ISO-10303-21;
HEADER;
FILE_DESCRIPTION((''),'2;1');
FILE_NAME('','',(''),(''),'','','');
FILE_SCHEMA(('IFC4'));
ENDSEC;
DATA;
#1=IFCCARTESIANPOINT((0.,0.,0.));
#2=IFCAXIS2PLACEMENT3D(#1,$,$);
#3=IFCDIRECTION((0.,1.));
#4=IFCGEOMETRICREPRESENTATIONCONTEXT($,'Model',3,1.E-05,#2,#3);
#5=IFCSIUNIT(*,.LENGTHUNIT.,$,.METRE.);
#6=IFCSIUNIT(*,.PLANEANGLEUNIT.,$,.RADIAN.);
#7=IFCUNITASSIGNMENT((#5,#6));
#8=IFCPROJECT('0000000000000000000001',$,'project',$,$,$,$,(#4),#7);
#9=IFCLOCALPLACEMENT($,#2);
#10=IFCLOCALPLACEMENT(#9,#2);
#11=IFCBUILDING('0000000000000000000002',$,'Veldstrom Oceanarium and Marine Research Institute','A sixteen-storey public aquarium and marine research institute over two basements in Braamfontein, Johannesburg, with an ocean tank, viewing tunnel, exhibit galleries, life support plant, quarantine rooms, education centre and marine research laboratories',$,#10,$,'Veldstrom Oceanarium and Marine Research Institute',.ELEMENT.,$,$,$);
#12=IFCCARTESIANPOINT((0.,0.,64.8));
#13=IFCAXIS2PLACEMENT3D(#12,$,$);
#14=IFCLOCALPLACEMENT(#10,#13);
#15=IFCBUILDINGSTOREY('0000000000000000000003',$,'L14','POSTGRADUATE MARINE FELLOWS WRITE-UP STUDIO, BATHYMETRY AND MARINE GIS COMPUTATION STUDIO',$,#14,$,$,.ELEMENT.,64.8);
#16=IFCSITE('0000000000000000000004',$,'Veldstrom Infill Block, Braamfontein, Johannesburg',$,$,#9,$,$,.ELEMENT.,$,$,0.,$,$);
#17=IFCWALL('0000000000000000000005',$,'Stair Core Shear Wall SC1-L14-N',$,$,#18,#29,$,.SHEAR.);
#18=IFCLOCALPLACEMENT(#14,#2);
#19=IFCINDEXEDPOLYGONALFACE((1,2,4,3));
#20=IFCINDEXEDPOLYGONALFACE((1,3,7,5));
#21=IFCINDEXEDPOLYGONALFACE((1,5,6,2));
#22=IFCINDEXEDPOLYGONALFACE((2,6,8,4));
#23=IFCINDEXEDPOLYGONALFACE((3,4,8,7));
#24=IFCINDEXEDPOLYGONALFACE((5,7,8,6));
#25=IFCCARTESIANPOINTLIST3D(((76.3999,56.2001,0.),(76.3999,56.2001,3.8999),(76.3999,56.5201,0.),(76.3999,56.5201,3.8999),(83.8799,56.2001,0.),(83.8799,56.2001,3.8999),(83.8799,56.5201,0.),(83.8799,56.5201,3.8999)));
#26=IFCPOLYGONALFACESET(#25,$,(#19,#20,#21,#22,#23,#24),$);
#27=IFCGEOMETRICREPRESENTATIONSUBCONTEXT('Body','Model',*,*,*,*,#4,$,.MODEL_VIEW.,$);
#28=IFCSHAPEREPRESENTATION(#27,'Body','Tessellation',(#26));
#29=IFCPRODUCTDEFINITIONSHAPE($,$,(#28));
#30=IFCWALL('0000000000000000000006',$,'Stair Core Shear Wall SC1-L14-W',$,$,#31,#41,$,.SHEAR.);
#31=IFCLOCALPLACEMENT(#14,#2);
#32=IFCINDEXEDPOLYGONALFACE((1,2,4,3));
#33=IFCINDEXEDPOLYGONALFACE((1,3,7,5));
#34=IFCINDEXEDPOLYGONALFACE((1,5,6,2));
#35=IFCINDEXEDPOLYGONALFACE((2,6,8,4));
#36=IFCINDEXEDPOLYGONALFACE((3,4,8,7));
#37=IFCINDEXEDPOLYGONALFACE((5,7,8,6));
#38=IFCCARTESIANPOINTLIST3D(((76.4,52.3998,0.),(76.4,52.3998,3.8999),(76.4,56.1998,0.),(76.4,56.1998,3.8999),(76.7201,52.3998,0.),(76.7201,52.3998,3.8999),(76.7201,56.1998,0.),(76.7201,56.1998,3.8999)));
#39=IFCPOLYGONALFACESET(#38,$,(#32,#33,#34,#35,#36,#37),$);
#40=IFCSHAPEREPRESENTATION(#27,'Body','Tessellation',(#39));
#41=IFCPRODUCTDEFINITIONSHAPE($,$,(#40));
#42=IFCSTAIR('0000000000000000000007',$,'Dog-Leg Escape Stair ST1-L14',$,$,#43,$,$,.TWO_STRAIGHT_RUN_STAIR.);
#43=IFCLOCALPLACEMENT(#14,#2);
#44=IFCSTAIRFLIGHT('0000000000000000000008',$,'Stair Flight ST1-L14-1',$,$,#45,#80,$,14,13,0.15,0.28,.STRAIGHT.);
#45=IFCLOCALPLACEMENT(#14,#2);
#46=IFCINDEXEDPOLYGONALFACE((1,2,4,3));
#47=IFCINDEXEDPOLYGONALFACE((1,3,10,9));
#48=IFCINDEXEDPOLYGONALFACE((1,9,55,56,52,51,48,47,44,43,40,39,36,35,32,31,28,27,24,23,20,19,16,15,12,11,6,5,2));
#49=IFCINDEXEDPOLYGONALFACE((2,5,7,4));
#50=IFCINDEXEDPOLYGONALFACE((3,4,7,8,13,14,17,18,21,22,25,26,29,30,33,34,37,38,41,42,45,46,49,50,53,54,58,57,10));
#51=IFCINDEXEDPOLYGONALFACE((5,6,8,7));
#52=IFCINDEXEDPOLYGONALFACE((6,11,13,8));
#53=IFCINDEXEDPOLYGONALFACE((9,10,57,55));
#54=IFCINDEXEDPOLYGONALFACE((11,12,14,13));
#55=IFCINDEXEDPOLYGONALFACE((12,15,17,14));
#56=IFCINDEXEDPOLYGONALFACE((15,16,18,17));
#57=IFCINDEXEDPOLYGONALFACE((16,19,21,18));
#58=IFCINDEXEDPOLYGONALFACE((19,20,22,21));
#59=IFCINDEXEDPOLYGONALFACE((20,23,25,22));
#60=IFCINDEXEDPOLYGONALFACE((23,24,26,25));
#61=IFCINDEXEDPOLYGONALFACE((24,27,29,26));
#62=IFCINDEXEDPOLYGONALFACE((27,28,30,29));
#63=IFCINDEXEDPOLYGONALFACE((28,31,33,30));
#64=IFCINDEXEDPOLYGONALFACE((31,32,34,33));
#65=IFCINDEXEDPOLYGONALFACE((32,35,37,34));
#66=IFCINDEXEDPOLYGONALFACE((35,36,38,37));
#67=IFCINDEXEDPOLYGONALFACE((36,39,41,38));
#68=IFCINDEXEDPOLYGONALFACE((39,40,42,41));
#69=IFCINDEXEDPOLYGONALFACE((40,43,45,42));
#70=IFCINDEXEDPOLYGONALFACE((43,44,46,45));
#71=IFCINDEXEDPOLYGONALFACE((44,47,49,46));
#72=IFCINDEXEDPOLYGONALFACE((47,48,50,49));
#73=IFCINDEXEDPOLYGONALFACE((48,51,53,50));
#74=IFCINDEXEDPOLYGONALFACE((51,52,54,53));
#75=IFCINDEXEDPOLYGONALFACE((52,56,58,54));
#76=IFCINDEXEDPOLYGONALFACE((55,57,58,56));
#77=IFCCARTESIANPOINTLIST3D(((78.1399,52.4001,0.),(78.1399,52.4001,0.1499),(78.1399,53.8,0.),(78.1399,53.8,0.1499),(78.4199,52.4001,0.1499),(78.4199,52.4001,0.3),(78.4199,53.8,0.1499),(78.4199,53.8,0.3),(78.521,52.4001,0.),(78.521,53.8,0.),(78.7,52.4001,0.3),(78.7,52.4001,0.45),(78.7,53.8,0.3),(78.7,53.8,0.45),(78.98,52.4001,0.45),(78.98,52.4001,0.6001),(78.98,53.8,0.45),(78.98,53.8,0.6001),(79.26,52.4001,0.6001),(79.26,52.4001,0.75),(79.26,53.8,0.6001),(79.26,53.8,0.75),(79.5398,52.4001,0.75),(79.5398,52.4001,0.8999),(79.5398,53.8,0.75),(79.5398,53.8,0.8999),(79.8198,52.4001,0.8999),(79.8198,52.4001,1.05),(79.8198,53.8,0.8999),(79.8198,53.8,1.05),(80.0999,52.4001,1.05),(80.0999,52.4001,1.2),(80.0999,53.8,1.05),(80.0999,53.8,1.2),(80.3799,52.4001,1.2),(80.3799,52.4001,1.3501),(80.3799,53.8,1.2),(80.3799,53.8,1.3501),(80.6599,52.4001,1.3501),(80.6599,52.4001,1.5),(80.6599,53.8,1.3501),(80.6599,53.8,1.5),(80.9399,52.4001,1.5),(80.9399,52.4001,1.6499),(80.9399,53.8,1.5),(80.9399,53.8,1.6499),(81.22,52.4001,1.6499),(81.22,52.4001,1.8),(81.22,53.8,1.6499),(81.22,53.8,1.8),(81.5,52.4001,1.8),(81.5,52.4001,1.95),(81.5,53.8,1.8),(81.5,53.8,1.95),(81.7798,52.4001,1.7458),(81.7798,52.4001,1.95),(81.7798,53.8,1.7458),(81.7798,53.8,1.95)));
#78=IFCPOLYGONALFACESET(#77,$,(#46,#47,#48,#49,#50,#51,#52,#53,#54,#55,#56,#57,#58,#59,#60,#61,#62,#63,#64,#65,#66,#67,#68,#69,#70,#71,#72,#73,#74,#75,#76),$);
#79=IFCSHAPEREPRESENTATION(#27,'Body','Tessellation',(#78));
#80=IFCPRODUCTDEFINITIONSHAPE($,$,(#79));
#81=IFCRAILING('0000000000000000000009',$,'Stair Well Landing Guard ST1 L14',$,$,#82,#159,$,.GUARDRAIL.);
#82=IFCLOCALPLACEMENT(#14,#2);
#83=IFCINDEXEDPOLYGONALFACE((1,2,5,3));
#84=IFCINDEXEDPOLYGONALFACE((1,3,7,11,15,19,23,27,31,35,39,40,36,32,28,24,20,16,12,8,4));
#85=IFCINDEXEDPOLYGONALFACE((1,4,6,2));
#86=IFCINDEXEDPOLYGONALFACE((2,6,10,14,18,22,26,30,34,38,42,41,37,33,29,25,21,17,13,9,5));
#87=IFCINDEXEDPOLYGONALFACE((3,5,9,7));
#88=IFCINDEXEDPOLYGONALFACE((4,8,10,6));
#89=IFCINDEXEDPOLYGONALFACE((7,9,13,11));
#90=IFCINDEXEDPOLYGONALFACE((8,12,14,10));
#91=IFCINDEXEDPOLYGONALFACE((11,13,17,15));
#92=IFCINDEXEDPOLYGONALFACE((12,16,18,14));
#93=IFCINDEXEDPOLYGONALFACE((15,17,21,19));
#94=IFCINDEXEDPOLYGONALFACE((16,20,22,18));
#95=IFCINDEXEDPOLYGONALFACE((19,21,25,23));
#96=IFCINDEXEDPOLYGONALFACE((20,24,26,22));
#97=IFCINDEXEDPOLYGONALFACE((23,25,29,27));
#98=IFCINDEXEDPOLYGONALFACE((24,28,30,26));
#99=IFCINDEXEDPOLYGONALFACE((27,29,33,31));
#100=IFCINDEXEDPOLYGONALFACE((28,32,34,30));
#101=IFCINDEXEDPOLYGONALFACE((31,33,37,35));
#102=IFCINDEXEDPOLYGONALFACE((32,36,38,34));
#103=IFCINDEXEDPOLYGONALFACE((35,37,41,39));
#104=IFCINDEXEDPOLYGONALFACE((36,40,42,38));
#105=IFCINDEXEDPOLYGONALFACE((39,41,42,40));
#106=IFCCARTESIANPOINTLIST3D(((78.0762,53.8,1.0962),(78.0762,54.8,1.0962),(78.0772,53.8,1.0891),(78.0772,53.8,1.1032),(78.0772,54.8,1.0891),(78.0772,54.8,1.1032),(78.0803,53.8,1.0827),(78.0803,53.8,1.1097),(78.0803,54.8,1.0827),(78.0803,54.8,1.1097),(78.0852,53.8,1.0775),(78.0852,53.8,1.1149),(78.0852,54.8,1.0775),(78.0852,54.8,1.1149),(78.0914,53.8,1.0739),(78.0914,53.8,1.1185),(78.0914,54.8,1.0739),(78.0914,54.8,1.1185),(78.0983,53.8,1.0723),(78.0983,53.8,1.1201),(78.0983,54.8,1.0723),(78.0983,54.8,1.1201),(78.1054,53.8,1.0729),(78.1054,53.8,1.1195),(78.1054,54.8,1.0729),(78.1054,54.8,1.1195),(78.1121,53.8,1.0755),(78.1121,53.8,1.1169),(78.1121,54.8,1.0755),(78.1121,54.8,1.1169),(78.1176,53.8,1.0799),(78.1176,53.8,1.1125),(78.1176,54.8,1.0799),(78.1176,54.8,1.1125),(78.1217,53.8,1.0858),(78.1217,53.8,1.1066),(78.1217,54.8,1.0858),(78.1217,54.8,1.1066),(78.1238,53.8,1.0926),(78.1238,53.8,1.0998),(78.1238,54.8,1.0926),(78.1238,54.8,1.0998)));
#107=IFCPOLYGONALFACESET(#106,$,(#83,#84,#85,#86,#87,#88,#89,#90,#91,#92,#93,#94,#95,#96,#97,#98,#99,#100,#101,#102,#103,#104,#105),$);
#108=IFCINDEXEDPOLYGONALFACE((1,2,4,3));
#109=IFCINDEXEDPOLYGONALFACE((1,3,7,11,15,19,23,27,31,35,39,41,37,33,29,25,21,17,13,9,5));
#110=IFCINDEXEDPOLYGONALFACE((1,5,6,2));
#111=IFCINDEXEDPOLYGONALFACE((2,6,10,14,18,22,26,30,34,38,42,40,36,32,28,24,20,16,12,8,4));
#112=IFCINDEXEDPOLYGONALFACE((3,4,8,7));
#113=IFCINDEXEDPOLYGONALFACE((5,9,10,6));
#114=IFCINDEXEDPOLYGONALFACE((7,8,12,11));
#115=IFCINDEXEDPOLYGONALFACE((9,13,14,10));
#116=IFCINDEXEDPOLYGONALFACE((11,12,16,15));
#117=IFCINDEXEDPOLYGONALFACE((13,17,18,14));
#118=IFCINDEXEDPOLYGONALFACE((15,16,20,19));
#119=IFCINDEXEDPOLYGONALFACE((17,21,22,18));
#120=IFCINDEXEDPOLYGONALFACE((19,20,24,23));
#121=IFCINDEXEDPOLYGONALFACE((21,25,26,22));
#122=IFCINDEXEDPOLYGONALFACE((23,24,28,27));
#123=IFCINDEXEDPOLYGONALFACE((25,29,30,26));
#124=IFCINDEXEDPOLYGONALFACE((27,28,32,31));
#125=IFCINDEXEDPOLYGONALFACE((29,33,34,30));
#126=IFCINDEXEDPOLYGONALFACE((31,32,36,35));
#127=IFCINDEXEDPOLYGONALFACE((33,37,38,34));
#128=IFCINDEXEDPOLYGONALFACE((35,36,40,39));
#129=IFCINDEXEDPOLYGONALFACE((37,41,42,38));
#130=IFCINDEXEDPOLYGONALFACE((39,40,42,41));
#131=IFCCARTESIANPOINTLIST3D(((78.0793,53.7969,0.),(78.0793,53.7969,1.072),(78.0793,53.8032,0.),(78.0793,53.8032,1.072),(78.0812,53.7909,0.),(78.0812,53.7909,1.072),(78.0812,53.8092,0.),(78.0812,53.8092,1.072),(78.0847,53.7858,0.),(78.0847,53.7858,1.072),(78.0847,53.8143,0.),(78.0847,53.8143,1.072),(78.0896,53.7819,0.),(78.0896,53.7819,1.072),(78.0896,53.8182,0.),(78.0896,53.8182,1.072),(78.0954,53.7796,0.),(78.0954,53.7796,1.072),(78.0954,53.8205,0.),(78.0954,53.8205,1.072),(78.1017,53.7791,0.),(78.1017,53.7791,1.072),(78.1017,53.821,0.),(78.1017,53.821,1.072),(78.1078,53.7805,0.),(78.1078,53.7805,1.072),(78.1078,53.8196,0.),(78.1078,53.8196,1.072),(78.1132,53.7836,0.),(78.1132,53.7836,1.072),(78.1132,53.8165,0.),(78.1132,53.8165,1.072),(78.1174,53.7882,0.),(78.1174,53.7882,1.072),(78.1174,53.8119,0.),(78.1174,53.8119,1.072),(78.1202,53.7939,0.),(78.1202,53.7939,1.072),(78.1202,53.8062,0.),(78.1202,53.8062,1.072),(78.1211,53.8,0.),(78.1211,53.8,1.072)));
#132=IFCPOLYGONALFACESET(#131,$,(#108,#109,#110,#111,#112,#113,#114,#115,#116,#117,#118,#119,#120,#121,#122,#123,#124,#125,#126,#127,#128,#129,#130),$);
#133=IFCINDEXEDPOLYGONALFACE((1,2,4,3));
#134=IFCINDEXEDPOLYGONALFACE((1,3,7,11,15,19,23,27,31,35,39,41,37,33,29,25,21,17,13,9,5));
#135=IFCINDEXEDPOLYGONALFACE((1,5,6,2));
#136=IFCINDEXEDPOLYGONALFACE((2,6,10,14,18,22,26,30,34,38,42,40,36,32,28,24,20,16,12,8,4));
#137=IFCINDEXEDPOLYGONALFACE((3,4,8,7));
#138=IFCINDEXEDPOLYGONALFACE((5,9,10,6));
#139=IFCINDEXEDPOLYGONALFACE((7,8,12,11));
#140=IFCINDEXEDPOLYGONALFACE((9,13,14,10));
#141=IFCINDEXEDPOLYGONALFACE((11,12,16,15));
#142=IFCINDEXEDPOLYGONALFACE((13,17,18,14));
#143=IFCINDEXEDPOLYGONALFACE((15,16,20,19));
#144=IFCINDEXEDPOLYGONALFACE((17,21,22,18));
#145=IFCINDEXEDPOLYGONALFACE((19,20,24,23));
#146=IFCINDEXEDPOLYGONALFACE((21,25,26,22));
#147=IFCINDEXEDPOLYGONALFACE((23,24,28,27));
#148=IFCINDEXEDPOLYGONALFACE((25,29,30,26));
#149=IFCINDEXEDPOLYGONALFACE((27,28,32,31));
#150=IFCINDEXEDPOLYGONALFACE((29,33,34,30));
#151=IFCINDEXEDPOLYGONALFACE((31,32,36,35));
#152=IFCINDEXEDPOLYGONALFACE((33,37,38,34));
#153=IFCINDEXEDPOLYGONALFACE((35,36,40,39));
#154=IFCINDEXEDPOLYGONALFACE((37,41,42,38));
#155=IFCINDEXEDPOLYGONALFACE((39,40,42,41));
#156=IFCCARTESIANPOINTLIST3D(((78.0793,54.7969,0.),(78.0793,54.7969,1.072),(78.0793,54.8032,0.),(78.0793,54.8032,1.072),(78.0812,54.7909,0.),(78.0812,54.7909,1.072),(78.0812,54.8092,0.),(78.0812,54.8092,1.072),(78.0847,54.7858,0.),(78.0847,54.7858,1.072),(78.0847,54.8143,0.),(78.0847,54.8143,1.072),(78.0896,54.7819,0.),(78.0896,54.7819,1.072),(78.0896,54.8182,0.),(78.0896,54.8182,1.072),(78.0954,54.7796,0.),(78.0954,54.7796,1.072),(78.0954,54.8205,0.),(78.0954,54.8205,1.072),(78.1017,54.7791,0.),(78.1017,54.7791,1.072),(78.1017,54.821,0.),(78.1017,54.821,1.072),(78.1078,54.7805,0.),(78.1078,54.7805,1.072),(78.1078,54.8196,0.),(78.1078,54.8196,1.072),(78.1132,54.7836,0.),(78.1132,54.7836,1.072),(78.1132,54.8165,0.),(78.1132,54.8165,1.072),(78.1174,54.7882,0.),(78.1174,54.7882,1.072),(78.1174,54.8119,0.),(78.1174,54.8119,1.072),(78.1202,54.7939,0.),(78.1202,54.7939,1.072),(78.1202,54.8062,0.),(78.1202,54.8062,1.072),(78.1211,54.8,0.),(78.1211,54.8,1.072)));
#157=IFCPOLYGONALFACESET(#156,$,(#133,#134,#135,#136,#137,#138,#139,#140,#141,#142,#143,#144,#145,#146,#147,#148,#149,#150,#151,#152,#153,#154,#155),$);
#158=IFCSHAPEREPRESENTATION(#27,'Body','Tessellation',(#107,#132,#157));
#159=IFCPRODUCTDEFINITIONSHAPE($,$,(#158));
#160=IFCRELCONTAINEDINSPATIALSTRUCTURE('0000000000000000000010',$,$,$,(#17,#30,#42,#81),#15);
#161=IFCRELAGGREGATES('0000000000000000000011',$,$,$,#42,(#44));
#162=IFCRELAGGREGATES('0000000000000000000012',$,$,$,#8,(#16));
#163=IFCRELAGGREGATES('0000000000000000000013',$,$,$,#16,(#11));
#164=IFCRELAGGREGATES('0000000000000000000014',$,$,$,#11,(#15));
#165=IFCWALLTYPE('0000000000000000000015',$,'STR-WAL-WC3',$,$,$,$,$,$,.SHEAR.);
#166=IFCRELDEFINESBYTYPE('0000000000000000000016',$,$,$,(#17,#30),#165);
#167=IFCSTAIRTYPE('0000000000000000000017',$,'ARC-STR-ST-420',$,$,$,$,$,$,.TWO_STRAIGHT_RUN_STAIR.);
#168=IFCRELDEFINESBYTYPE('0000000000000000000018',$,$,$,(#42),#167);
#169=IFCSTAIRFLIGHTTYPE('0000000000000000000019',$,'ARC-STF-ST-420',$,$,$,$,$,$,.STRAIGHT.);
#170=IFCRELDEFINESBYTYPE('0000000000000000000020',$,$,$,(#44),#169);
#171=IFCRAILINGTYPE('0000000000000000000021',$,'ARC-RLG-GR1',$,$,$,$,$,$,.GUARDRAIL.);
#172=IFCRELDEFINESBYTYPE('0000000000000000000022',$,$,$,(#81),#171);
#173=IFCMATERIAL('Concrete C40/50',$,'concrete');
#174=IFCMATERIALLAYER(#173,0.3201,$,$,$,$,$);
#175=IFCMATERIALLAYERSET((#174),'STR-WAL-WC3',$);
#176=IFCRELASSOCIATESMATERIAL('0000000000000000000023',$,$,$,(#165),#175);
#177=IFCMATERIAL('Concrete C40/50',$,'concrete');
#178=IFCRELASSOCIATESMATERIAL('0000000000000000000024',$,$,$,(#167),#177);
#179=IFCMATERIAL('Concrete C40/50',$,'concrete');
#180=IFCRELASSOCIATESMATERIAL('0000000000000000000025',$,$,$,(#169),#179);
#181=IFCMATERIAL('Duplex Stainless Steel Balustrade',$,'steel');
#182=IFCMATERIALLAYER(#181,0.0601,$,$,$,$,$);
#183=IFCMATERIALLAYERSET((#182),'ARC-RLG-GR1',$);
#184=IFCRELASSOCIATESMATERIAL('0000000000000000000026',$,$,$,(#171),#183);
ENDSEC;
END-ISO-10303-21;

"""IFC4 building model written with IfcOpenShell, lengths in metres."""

from ifc_helpers import new_model, si_unit, direction, frame, frame_2d, origin, origin_2d, place, context, subcontext, project, spatial, polyline, rectangle, circle, outline, extrude, material, layer, layer_set, type_object, element, aggregate, save


model = new_model("IFC4")

# Units and contexts
model_context = context("Model", 3, precision=1e-05, world=origin(), true_north=direction((0.0, 1.0)))
body_context = subcontext(model_context, "Body", "Model", "MODEL_VIEW")
ifc_project = project(units=[si_unit("LENGTHUNIT", "METRE"), si_unit("PLANEANGLEUNIT", "RADIAN")], contexts=[model_context])

# Site, building, storey
site_placement = place(None, origin())
site = spatial("IfcSite", under=ifc_project, at=site_placement, Name="Veldstrom Infill Block, Braamfontein, Johannesburg", CompositionType="ELEMENT", RefElevation=0.0)
building_placement = place(site_placement, origin())
building = spatial("IfcBuilding", under=site, at=building_placement, Name="Veldstrom Oceanarium and Marine Research Institute", Description="A sixteen-storey public aquarium and marine research institute over two basements in Braamfontein, Johannesburg, with an ocean tank, viewing tunnel, exhibit galleries, life support plant, quarantine rooms, education centre and marine research laboratories", LongName="Veldstrom Oceanarium and Marine Research Institute", CompositionType="ELEMENT")
storey_placement = place(building_placement, frame((0.0, 0.0, 64.8)))
storey = spatial("IfcBuildingStorey", under=building, at=storey_placement, Name="L14", Description="POSTGRADUATE MARINE FELLOWS WRITE-UP STUDIO, BATHYMETRY AND MARINE GIS COMPUTATION STUDIO", CompositionType="ELEMENT", Elevation=64.8)

# Shared definitions
ifc_material_1 = material(Name="Concrete C40/50", Category="concrete")
ifc_layer_1 = layer(ifc_material_1, 0.3201)
ifc_layer_set_1 = layer_set([ifc_layer_1], Name="STR-WAL-WC3")
wall_type_1 = type_object("IfcWallType", Name="STR-WAL-WC3", PredefinedType="SHEAR", material=ifc_layer_set_1)

# Walls
wall_1_placement = place(storey_placement, frame((76.3999, 56.3601, 0.0), z_axis=(0.0, 0.0, 1.0), x_axis=(1.0, 0.0, 0.0)))
element("IfcWall", 1, at=wall_1_placement, inside=storey, type_object=wall_type_1, Name="Stair Core Shear Wall SC1-L14-N", PredefinedType="SHEAR", context=body_context, shape_type="SweptSolid", body=[
    extrude(rectangle(XDim=7.48, YDim=0.3201, at=frame_2d((3.74, 0.0))), origin(), (0.0, 0.0, 1.0), 3.8999),
])
wall_2_placement = place(storey_placement, frame((76.5601, 52.3999, 0.0), z_axis=(0.0, 0.0, 1.0), x_axis=(0.0, 1.0, 0.0)))
element("IfcWall", 2, at=wall_2_placement, inside=storey, type_object=wall_type_1, Name="Stair Core Shear Wall SC1-L14-W", PredefinedType="SHEAR", context=body_context, shape_type="SweptSolid", body=[
    extrude(rectangle(XDim=3.8, YDim=0.3201, at=frame_2d((1.8999, 0.0))), origin(), (0.0, 0.0, 1.0), 3.8999),
])

# Stair, stair flight
ifc_material_2 = material(Name="Concrete C40/50", Category="concrete")
stair_type = type_object("IfcStairType", Name="ARC-STR-ST-420", PredefinedType="TWO_STRAIGHT_RUN_STAIR", material=ifc_material_2)
stair_placement = place(storey_placement, origin())
stair = element("IfcStair", 3, at=stair_placement, inside=storey, type_object=stair_type, Name="Dog-Leg Escape Stair ST1-L14", PredefinedType="TWO_STRAIGHT_RUN_STAIR")
ifc_material_3 = material(Name="Concrete C40/50", Category="concrete")
stair_flight_type = type_object("IfcStairFlightType", Name="ARC-STF-ST-420", PredefinedType="STRAIGHT", material=ifc_material_3)
stair_flight_placement = place(storey_placement, frame((78.1399, 53.1001, 0.0), z_axis=(0.0, 0.0, 1.0), x_axis=(1.0, 0.0, 0.0)))
stair_flight = element("IfcStairFlight", 4, at=stair_flight_placement, type_object=stair_flight_type, Name="Stair Flight ST1-L14-1", NumberOfRisers=14, NumberOfTreads=13, PredefinedType="STRAIGHT", RiserHeight=0.15, TreadLength=0.28, context=body_context, shape_type="SweptSolid", body=[
    extrude(outline(polyline([(0.0, 0.0), (0.0, 0.1499), (0.28, 0.1499), (0.28, 0.3), (0.5601, 0.3), (0.5601, 0.45), (0.8401, 0.45), (0.8401, 0.6001), (1.1201, 0.6001), (1.1201, 0.75), (1.3999, 0.75), (1.3999, 0.8999), (1.6799, 0.8999), (1.6799, 1.05), (1.96, 1.05), (1.96, 1.2), (2.24, 1.2), (2.24, 1.3501), (2.52, 1.3501), (2.52, 1.5), (2.8, 1.5), (2.8, 1.6499), (3.0801, 1.6499), (3.0801, 1.8), (3.3601, 1.8), (3.3601, 1.95), (3.6399, 1.95), (3.6399, 2.1001), (3.6399, 1.7458), (0.3811, 0.0), (0.0, 0.0)])), frame((0.0, 0.7, 0.0), z_axis=(0.0, -1.0, 0.0), x_axis=(1.0, 0.0, 0.0)), (0.0, 0.0, 1.0), 1.3999),
])
aggregate(stair, [stair_flight])

# Railing
ifc_material_4 = material(Name="Duplex Stainless Steel Balustrade", Category="steel")
ifc_layer_2 = layer(ifc_material_4, 0.0601)
ifc_layer_set_2 = layer_set([ifc_layer_2], Name="ARC-RLG-GR1")
railing_type_1 = type_object("IfcRailingType", Name="ARC-RLG-GR1", PredefinedType="GUARDRAIL", material=ifc_layer_set_2)
railing_1_placement = place(storey_placement, frame((78.1001, 53.8, 0.0)))
element("IfcRailing", 5, at=railing_1_placement, inside=storey, type_object=railing_type_1, Name="Stair Well Landing Guard ST1 L14", PredefinedType="GUARDRAIL", context=body_context, shape_type="SweptSolid", body=[
    extrude(circle(Radius=0.0239, at=origin_2d()), frame((0.0, 0.0, 1.0962), z_axis=(0.0, 1.0, 0.0), x_axis=(-1.0, 0.0, 0.0)), (0.0, 0.0, 1.0), 1.0),
    extrude(circle(Radius=0.021, at=origin_2d()), origin(), (0.0, 0.0, 1.0), 1.072),
    extrude(circle(Radius=0.021, at=origin_2d()), frame((0.0, 1.0, 0.0)), (0.0, 0.0, 1.0), 1.072),
])

save(model, "model.ifc")
